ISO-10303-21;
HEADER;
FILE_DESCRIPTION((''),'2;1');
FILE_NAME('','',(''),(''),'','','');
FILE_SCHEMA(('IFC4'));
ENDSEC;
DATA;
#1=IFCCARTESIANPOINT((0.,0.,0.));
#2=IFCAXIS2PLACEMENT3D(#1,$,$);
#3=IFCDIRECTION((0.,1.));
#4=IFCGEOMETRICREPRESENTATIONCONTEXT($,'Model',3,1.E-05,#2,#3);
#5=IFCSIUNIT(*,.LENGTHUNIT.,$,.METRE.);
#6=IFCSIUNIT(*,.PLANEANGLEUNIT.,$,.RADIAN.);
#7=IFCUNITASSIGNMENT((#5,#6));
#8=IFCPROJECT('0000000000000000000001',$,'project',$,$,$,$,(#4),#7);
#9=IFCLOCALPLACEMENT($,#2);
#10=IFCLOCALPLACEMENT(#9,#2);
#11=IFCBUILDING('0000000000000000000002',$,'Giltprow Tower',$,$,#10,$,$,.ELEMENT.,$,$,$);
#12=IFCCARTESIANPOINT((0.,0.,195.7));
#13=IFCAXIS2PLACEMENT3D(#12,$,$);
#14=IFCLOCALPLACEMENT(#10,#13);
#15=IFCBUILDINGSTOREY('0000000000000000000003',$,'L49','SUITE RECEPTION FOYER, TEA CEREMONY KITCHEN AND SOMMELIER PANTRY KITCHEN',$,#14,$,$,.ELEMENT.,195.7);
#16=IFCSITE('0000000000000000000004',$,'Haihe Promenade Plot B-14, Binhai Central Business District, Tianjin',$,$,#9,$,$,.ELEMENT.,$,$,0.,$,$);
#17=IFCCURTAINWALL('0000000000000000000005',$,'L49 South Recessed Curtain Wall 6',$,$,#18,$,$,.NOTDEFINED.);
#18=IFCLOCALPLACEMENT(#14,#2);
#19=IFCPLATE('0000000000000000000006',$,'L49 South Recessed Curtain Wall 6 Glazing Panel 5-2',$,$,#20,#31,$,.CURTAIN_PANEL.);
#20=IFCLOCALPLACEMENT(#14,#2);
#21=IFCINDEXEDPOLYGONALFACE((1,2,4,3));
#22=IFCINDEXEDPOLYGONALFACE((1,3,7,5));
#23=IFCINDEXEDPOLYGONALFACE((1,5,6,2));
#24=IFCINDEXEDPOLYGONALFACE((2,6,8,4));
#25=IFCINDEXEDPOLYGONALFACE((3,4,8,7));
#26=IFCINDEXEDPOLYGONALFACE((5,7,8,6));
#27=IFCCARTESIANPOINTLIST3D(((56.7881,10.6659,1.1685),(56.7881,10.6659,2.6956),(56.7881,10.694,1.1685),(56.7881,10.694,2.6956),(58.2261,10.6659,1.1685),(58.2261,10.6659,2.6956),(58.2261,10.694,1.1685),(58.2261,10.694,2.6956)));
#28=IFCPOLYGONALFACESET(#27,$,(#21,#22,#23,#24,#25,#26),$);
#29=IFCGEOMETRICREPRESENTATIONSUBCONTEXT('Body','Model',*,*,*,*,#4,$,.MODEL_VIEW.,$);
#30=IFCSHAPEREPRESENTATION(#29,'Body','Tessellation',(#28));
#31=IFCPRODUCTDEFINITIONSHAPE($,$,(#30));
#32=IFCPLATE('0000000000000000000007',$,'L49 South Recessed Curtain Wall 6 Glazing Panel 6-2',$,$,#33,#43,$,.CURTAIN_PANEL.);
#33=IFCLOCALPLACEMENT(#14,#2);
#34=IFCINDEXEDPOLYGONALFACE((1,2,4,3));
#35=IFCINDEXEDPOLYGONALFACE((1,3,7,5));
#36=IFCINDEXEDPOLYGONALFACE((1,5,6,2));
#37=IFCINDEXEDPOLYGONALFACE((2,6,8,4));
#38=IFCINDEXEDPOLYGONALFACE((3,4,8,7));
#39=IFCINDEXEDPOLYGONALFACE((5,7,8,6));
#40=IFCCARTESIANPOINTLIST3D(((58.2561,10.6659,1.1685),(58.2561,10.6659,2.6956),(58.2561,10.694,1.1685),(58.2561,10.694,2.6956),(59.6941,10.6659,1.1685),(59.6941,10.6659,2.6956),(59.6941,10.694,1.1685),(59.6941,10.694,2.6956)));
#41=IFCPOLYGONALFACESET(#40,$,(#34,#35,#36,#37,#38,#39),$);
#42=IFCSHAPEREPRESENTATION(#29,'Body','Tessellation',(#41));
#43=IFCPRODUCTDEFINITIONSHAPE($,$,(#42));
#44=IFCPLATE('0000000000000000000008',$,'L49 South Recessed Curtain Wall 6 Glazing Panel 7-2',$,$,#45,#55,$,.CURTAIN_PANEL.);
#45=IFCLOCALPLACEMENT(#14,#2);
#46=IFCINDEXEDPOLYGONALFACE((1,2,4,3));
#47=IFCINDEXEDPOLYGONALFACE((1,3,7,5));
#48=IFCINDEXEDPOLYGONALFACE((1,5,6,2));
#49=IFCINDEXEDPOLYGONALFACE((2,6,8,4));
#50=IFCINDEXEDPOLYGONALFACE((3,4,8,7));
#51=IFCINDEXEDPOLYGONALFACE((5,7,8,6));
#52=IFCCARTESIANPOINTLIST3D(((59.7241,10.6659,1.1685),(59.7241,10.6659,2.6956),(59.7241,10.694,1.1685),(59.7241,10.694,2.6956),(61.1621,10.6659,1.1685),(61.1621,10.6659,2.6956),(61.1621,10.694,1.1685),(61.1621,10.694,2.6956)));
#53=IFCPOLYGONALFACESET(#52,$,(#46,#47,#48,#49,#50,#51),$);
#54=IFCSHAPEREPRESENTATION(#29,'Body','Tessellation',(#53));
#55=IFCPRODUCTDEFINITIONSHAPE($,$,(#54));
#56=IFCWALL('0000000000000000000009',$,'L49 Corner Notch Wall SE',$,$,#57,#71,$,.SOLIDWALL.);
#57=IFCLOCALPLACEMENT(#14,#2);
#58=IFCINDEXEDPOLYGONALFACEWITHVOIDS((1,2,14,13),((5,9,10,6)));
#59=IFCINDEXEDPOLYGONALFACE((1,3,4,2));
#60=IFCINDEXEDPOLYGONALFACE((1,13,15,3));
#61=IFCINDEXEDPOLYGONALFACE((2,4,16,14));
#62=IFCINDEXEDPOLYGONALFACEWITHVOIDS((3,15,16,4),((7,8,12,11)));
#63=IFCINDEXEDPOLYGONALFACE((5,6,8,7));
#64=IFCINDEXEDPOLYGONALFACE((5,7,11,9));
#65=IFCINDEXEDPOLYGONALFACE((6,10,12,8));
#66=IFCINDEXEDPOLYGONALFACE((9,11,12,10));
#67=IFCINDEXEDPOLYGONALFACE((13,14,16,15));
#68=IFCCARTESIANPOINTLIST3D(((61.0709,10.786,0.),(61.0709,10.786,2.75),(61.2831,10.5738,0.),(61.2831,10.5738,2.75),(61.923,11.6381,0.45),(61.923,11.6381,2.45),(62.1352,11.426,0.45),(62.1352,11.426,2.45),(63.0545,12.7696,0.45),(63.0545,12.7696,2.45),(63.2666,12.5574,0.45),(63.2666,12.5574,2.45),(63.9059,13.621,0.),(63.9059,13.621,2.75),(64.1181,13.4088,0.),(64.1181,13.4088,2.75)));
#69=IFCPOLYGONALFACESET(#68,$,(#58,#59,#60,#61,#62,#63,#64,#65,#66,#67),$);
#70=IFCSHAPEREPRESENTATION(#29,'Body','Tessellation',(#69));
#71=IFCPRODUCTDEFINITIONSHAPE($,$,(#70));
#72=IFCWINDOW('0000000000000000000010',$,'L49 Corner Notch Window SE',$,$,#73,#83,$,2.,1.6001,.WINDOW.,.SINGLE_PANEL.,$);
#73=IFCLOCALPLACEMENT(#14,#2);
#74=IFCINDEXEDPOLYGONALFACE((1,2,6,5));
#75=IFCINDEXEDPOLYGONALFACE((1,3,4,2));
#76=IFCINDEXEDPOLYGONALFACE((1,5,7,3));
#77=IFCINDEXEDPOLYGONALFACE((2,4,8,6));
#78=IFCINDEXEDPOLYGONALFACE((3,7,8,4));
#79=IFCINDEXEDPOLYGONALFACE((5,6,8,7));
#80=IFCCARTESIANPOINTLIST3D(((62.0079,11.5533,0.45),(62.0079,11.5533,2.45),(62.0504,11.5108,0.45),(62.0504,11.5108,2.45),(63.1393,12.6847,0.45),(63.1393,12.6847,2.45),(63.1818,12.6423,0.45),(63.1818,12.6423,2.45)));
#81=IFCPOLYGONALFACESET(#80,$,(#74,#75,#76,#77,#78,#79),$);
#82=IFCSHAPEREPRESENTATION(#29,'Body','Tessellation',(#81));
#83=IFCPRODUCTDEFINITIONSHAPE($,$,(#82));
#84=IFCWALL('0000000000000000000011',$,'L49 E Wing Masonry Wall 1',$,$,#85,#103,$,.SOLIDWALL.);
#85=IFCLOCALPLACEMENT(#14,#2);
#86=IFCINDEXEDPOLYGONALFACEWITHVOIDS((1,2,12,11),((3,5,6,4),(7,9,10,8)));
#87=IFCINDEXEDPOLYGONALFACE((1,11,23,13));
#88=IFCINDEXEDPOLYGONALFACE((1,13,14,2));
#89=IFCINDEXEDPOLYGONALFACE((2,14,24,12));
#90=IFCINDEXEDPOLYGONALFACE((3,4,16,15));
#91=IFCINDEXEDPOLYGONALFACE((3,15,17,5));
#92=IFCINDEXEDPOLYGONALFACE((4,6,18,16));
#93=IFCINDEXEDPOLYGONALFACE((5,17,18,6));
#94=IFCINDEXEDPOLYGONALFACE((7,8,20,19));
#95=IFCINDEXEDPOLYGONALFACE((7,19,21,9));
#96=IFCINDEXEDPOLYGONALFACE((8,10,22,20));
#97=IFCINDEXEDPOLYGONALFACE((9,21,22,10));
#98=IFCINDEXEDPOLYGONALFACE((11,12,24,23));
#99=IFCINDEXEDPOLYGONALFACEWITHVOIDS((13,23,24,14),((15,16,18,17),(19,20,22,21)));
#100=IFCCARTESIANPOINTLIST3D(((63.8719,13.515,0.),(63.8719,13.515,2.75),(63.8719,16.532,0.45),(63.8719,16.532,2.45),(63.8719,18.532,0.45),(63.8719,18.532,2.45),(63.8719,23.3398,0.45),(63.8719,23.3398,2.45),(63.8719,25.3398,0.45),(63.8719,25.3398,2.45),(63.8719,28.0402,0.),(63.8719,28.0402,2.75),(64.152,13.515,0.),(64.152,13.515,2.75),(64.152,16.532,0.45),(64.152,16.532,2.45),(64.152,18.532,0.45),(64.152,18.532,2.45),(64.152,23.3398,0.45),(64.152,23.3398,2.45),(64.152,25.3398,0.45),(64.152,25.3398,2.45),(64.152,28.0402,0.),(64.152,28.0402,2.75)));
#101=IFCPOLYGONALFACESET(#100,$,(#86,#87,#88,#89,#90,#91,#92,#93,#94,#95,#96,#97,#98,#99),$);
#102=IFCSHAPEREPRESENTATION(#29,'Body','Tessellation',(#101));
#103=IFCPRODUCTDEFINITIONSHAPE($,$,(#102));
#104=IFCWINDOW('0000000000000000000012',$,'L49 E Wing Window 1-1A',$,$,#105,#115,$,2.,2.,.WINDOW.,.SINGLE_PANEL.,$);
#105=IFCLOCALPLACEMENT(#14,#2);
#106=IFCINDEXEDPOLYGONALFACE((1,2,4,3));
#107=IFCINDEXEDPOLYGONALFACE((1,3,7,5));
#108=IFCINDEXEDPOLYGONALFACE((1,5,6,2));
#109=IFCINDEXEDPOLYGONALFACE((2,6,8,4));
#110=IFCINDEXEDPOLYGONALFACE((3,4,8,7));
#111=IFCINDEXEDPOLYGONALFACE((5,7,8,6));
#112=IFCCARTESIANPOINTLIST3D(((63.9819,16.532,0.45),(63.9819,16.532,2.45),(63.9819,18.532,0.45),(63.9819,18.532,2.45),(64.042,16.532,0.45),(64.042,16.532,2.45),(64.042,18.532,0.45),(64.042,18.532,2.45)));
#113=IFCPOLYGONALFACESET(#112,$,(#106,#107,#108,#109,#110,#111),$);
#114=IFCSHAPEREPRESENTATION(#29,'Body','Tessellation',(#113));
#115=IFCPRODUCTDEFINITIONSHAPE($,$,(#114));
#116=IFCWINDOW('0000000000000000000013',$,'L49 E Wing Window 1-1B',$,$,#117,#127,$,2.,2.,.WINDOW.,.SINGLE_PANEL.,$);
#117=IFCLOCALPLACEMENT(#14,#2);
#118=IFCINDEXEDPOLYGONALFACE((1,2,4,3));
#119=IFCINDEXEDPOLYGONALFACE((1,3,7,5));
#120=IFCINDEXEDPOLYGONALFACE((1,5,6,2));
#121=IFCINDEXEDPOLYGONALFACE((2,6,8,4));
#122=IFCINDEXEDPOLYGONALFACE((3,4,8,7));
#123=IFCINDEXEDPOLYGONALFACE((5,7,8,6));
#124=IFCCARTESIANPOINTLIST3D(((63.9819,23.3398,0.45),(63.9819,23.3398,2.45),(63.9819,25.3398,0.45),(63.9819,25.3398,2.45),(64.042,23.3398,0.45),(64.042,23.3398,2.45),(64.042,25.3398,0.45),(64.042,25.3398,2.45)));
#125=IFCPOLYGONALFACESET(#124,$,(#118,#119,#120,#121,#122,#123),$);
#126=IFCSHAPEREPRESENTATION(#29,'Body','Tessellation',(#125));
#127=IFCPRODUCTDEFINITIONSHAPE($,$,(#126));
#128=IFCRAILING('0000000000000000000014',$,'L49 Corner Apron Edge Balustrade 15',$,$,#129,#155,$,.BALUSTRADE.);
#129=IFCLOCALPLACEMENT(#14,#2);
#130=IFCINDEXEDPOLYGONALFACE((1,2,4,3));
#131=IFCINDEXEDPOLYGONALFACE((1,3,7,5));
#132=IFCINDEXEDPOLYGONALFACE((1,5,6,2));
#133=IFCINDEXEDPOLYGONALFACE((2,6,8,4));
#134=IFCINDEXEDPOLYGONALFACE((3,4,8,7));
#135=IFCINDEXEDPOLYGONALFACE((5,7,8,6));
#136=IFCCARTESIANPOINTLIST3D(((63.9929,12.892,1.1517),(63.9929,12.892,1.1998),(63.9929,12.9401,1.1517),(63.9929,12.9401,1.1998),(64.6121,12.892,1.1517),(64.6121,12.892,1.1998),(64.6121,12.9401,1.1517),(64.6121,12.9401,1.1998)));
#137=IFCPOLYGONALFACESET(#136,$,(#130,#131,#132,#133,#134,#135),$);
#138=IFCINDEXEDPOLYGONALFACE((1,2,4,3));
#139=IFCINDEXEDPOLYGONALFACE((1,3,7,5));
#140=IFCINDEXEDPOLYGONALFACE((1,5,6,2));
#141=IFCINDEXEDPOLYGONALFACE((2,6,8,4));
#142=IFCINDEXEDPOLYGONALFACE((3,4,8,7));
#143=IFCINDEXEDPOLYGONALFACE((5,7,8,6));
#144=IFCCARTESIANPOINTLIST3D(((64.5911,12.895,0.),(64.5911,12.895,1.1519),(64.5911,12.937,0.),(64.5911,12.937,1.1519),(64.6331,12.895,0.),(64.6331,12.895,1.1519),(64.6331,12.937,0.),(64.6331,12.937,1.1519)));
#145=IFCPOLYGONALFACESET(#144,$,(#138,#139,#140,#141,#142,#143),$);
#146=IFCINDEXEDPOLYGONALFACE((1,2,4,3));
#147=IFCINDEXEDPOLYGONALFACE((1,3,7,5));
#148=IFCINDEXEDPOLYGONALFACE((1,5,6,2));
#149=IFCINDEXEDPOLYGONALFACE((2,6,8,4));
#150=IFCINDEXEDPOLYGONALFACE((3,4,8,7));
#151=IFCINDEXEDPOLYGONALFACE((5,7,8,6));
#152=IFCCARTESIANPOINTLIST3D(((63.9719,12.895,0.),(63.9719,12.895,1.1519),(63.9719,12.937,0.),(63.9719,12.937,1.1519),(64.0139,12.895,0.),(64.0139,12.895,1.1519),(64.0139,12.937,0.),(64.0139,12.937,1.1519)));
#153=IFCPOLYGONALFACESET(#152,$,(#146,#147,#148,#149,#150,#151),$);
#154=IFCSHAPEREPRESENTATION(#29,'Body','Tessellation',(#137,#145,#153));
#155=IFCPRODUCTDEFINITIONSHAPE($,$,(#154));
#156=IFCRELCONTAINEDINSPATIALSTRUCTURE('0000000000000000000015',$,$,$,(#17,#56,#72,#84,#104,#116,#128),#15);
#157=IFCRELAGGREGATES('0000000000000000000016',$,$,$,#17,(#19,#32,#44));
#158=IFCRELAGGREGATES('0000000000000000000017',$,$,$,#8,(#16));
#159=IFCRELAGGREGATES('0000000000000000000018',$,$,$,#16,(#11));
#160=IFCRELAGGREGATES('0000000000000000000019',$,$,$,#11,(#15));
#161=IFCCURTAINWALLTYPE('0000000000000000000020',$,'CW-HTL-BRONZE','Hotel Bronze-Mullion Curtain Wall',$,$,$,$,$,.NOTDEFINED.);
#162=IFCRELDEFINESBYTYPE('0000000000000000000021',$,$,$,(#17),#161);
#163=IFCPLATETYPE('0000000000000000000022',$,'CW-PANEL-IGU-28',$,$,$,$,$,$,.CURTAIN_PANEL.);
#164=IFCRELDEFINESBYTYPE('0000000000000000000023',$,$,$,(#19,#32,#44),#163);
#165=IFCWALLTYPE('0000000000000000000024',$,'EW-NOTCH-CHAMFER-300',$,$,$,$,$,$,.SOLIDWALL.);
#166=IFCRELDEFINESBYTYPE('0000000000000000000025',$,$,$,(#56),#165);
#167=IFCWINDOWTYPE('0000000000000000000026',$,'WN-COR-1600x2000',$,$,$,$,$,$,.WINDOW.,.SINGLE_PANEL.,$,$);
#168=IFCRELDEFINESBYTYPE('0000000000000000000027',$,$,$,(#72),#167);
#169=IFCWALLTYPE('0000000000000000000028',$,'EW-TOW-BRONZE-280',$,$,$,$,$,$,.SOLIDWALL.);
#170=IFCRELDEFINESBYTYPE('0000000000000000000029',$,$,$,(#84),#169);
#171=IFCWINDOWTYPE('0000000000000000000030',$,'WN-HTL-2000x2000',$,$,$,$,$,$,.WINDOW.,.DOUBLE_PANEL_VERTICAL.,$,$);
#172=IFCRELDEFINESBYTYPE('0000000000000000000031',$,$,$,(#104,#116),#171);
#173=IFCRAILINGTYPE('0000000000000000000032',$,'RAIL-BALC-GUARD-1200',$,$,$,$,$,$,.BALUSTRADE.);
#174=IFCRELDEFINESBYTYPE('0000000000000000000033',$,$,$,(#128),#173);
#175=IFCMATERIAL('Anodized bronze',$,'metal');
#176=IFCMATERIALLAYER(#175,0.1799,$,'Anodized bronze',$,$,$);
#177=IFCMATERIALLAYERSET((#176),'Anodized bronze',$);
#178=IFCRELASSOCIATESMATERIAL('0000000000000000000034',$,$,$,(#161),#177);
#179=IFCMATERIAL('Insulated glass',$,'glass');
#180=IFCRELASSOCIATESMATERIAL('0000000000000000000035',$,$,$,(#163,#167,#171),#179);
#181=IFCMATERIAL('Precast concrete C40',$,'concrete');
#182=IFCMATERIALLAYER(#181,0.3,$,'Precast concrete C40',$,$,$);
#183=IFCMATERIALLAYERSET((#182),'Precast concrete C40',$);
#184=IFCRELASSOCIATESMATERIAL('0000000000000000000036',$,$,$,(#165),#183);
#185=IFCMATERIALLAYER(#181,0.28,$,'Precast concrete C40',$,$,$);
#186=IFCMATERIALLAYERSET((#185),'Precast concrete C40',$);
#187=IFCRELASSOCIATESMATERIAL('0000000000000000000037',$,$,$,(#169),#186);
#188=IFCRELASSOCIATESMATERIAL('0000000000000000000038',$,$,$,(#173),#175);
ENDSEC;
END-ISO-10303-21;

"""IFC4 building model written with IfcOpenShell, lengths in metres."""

from ifc_helpers import new_model, si_unit, direction, frame, frame_2d, origin, origin_2d, place, context, subcontext, project, spatial, rectangle, extrude, source, transform, mapped, material, layer, layer_set, type_object, element, fill, aggregate, save


model = new_model("IFC4")

# Units and contexts
model_context = context("Model", 3, precision=1e-05, world=origin(), true_north=direction((0.0, 1.0)))
body_context = subcontext(model_context, "Body", "Model", "MODEL_VIEW")
ifc_project = project(units=[si_unit("LENGTHUNIT", "METRE"), si_unit("PLANEANGLEUNIT", "RADIAN")], contexts=[model_context])

# Site, building, storey
site_placement = place(None, origin())
site = spatial("IfcSite", under=ifc_project, at=site_placement, Name="Haihe Promenade Plot B-14, Binhai Central Business District, Tianjin", CompositionType="ELEMENT", RefElevation=0.0)
building_placement = place(site_placement, origin())
building = spatial("IfcBuilding", under=site, at=building_placement, Name="Giltprow Tower", CompositionType="ELEMENT")
storey_placement = place(building_placement, frame((0.0, 0.0, 195.7)))
storey = spatial("IfcBuildingStorey", under=building, at=storey_placement, Name="L49", Description="SUITE RECEPTION FOYER, TEA CEREMONY KITCHEN AND SOMMELIER PANTRY KITCHEN", CompositionType="ELEMENT", Elevation=195.7)

# Curtain wall, plates
ifc_material_1 = material(Name="Anodized bronze", Category="metal")
ifc_layer_1 = layer(ifc_material_1, 0.1799, Name="Anodized bronze")
ifc_layer_set_1 = layer_set([ifc_layer_1], Name="Anodized bronze")
curtain_wall_type = type_object("IfcCurtainWallType", Name="CW-HTL-BRONZE", Description="Hotel Bronze-Mullion Curtain Wall", PredefinedType="NOTDEFINED", material=ifc_layer_set_1)
curtain_wall_placement = place(storey_placement, origin())
curtain_wall = element("IfcCurtainWall", 1, at=curtain_wall_placement, inside=storey, type_object=curtain_wall_type, Name="L49 South Recessed Curtain Wall 6", PredefinedType="NOTDEFINED")
ifc_material_2 = material(Name="Insulated glass", Category="glass")
plate_type = type_object("IfcPlateType", Name="CW-PANEL-IGU-28", PredefinedType="CURTAIN_PANEL", material=ifc_material_2)
shared_shape_1 = source(origin(), body_context, "Body", "SweptSolid", [
    extrude(rectangle(XDim=1.438, YDim=0.0281, at=origin_2d()), origin(), (0.0, 0.0, 1.0), 1.5271),
])
plate_1_placement = place(storey_placement, frame((57.5071, 10.6799, 1.1685), z_axis=(0.0, 0.0, 1.0), x_axis=(1.0, 0.0, 0.0)))
plate_1 = element("IfcPlate", 2, at=plate_1_placement, type_object=plate_type, Name="L49 South Recessed Curtain Wall 6 Glazing Panel 5-2", PredefinedType="CURTAIN_PANEL", context=body_context, shape_type="MappedRepresentation", body=[
    mapped(shared_shape_1, transform((0.0, 0.0, 0.0), x_axis=(1.0, 0.0, 0.0), y_axis=(0.0, 1.0, 0.0), z_axis=(0.0, 0.0, 1.0), scale=1.0)),
])
plate_2_placement = place(storey_placement, frame((58.9751, 10.6799, 1.1685), z_axis=(0.0, 0.0, 1.0), x_axis=(1.0, 0.0, 0.0)))
plate_2 = element("IfcPlate", 3, at=plate_2_placement, type_object=plate_type, Name="L49 South Recessed Curtain Wall 6 Glazing Panel 6-2", PredefinedType="CURTAIN_PANEL", context=body_context, shape_type="MappedRepresentation", body=[
    mapped(shared_shape_1, transform((0.0, 0.0, 0.0), x_axis=(1.0, 0.0, 0.0), y_axis=(0.0, 1.0, 0.0), z_axis=(0.0, 0.0, 1.0), scale=1.0)),
])
plate_3_placement = place(storey_placement, frame((60.4431, 10.6799, 1.1685), z_axis=(0.0, 0.0, 1.0), x_axis=(1.0, 0.0, 0.0)))
plate_3 = element("IfcPlate", 4, at=plate_3_placement, type_object=plate_type, Name="L49 South Recessed Curtain Wall 6 Glazing Panel 7-2", PredefinedType="CURTAIN_PANEL", context=body_context, shape_type="MappedRepresentation", body=[
    mapped(shared_shape_1, transform((0.0, 0.0, 0.0), x_axis=(1.0, 0.0, 0.0), y_axis=(0.0, 1.0, 0.0), z_axis=(0.0, 0.0, 1.0), scale=1.0)),
])
aggregate(curtain_wall, [plate_1, plate_2, plate_3])

# Wall, opening, window
ifc_material_3 = material(Name="Precast concrete C40", Category="concrete")
ifc_layer_2 = layer(ifc_material_3, 0.3, Name="Precast concrete C40")
ifc_layer_set_2 = layer_set([ifc_layer_2], Name="Precast concrete C40")
wall_type_1 = type_object("IfcWallType", Name="EW-NOTCH-CHAMFER-300", PredefinedType="SOLIDWALL", material=ifc_layer_set_2)
wall_1_placement = place(storey_placement, frame((61.177, 10.6799, 0.0), z_axis=(0.0, 0.0, 1.0), x_axis=(0.707107, 0.707107, 0.0)))
wall_1 = element("IfcWall", 5, at=wall_1_placement, inside=storey, type_object=wall_type_1, Name="L49 Corner Notch Wall SE", PredefinedType="SOLIDWALL", context=body_context, shape_type="SweptSolid", body=[
    extrude(rectangle(XDim=4.0093, YDim=0.3, at=frame_2d((2.0046, 0.0))), origin(), (0.0, 0.0, 1.0), 2.75),
])
opening_1_placement = place(wall_1_placement, frame((1.2051, 0.0, 0.45)))
opening_1 = element("IfcOpeningElement", 6, at=opening_1_placement, cuts=wall_1, PredefinedType="OPENING", context=body_context, shape_type="SweptSolid", body=[
    extrude(rectangle(XDim=1.6001, YDim=2.0, at=frame_2d((0.8, 1.0))), frame((0.0, 0.1599, 0.0), z_axis=(0.0, -1.0, 0.0), x_axis=(1.0, 0.0, 0.0)), (0.0, 0.0, 1.0), 0.3201),
])
window_type_1 = type_object("IfcWindowType", Name="WN-COR-1600x2000", PartitioningType="SINGLE_PANEL", PredefinedType="WINDOW", material=ifc_material_2)
shared_shape_2 = source(origin(), body_context, "Body", "SweptSolid", [
    extrude(rectangle(XDim=1.6001, YDim=2.0, at=frame_2d((0.8, 1.0))), frame((0.0, 0.03, 0.0), z_axis=(0.0, -1.0, 0.0), x_axis=(1.0, 0.0, 0.0)), (0.0, 0.0, 1.0), 0.0601),
])
window_1_placement = place(opening_1_placement, origin())
window_1 = element("IfcWindow", 7, at=window_1_placement, inside=storey, type_object=window_type_1, Name="L49 Corner Notch Window SE", OverallHeight=2.0, OverallWidth=1.6001, PartitioningType="SINGLE_PANEL", PredefinedType="WINDOW", context=body_context, shape_type="MappedRepresentation", body=[
    mapped(shared_shape_2, transform((0.0, 0.0, 0.0), x_axis=(1.0, 0.0, 0.0), y_axis=(0.0, 1.0, 0.0), z_axis=(0.0, 0.0, 1.0), scale=1.0)),
])
fill(opening_1, window_1)

# Wall, openings, windows
ifc_layer_3 = layer(ifc_material_3, 0.28, Name="Precast concrete C40")
ifc_layer_set_3 = layer_set([ifc_layer_3], Name="Precast concrete C40")
wall_type_2 = type_object("IfcWallType", Name="EW-TOW-BRONZE-280", PredefinedType="SOLIDWALL", material=ifc_layer_set_3)
wall_2_placement = place(storey_placement, frame((64.012, 13.5149, 0.0), z_axis=(0.0, 0.0, 1.0), x_axis=(0.0, 1.0, 0.0)))
wall_2 = element("IfcWall", 8, at=wall_2_placement, inside=storey, type_object=wall_type_2, Name="L49 E Wing Masonry Wall 1", PredefinedType="SOLIDWALL", context=body_context, shape_type="SweptSolid", body=[
    extrude(rectangle(XDim=14.5251, YDim=0.28, at=frame_2d((7.2627, 0.0))), origin(), (0.0, 0.0, 1.0), 2.75),
])
opening_2_placement = place(wall_2_placement, frame((3.0171, 0.0, 0.45)))
opening_2 = element("IfcOpeningElement", 9, at=opening_2_placement, cuts=wall_2, PredefinedType="OPENING", context=body_context, shape_type="SweptSolid", body=[
    extrude(rectangle(XDim=2.0, YDim=2.0, at=frame_2d((1.0, 1.0))), frame((0.0, 0.1499, 0.0), z_axis=(0.0, -1.0, 0.0), x_axis=(1.0, 0.0, 0.0)), (0.0, 0.0, 1.0), 0.3),
])
opening_3_placement = place(wall_2_placement, frame((9.825, 0.0, 0.45)))
opening_3 = element("IfcOpeningElement", 10, at=opening_3_placement, cuts=wall_2, PredefinedType="OPENING", context=body_context, shape_type="SweptSolid", body=[
    extrude(rectangle(XDim=2.0, YDim=2.0, at=frame_2d((1.0, 1.0))), frame((0.0, 0.1499, 0.0), z_axis=(0.0, -1.0, 0.0), x_axis=(1.0, 0.0, 0.0)), (0.0, 0.0, 1.0), 0.3),
])
window_type_2 = type_object("IfcWindowType", Name="WN-HTL-2000x2000", PartitioningType="DOUBLE_PANEL_VERTICAL", PredefinedType="WINDOW", material=ifc_material_2)
shared_shape_3 = source(origin(), body_context, "Body", "SweptSolid", [
    extrude(rectangle(XDim=2.0, YDim=2.0, at=frame_2d((1.0, 1.0))), frame((0.0, 0.03, 0.0), z_axis=(0.0, -1.0, 0.0), x_axis=(1.0, 0.0, 0.0)), (0.0, 0.0, 1.0), 0.0601),
])
window_2_placement = place(opening_2_placement, origin())
window_2 = element("IfcWindow", 11, at=window_2_placement, inside=storey, type_object=window_type_2, Name="L49 E Wing Window 1-1A", OverallHeight=2.0, OverallWidth=2.0, PartitioningType="SINGLE_PANEL", PredefinedType="WINDOW", context=body_context, shape_type="MappedRepresentation", body=[
    mapped(shared_shape_3, transform((0.0, 0.0, 0.0), x_axis=(1.0, 0.0, 0.0), y_axis=(0.0, 1.0, 0.0), z_axis=(0.0, 0.0, 1.0), scale=1.0)),
])
fill(opening_2, window_2)
window_3_placement = place(opening_3_placement, origin())
window_3 = element("IfcWindow", 12, at=window_3_placement, inside=storey, type_object=window_type_2, Name="L49 E Wing Window 1-1B", OverallHeight=2.0, OverallWidth=2.0, PartitioningType="SINGLE_PANEL", PredefinedType="WINDOW", context=body_context, shape_type="MappedRepresentation", body=[
    mapped(shared_shape_3, transform((0.0, 0.0, 0.0), x_axis=(1.0, 0.0, 0.0), y_axis=(0.0, 1.0, 0.0), z_axis=(0.0, 0.0, 1.0), scale=1.0)),
])
fill(opening_3, window_3)

# Railing
railing_type = type_object("IfcRailingType", Name="RAIL-BALC-GUARD-1200", PredefinedType="BALUSTRADE", material=ifc_material_1)
railing_1_placement = place(storey_placement, frame((64.6121, 12.916, 0.0)))
element("IfcRailing", 13, at=railing_1_placement, inside=storey, type_object=railing_type, Name="L49 Corner Apron Edge Balustrade 15", PredefinedType="BALUSTRADE", context=body_context, shape_type="SweptSolid", body=[
    extrude(rectangle(XDim=0.0481, YDim=0.0481, at=origin_2d()), frame((0.0, 0.0, 1.1758), z_axis=(-1.0, 0.0, 0.0), x_axis=(0.0, -1.0, 0.0)), (0.0, 0.0, 1.0), 0.6191),
    extrude(rectangle(XDim=0.042, YDim=0.042, at=origin_2d()), origin(), (0.0, 0.0, 1.0), 1.1519),
    extrude(rectangle(XDim=0.042, YDim=0.042, at=origin_2d()), frame((-0.6191, 0.0, 0.0)), (0.0, 0.0, 1.0), 1.1519),
])

save(model, "model.ifc")
